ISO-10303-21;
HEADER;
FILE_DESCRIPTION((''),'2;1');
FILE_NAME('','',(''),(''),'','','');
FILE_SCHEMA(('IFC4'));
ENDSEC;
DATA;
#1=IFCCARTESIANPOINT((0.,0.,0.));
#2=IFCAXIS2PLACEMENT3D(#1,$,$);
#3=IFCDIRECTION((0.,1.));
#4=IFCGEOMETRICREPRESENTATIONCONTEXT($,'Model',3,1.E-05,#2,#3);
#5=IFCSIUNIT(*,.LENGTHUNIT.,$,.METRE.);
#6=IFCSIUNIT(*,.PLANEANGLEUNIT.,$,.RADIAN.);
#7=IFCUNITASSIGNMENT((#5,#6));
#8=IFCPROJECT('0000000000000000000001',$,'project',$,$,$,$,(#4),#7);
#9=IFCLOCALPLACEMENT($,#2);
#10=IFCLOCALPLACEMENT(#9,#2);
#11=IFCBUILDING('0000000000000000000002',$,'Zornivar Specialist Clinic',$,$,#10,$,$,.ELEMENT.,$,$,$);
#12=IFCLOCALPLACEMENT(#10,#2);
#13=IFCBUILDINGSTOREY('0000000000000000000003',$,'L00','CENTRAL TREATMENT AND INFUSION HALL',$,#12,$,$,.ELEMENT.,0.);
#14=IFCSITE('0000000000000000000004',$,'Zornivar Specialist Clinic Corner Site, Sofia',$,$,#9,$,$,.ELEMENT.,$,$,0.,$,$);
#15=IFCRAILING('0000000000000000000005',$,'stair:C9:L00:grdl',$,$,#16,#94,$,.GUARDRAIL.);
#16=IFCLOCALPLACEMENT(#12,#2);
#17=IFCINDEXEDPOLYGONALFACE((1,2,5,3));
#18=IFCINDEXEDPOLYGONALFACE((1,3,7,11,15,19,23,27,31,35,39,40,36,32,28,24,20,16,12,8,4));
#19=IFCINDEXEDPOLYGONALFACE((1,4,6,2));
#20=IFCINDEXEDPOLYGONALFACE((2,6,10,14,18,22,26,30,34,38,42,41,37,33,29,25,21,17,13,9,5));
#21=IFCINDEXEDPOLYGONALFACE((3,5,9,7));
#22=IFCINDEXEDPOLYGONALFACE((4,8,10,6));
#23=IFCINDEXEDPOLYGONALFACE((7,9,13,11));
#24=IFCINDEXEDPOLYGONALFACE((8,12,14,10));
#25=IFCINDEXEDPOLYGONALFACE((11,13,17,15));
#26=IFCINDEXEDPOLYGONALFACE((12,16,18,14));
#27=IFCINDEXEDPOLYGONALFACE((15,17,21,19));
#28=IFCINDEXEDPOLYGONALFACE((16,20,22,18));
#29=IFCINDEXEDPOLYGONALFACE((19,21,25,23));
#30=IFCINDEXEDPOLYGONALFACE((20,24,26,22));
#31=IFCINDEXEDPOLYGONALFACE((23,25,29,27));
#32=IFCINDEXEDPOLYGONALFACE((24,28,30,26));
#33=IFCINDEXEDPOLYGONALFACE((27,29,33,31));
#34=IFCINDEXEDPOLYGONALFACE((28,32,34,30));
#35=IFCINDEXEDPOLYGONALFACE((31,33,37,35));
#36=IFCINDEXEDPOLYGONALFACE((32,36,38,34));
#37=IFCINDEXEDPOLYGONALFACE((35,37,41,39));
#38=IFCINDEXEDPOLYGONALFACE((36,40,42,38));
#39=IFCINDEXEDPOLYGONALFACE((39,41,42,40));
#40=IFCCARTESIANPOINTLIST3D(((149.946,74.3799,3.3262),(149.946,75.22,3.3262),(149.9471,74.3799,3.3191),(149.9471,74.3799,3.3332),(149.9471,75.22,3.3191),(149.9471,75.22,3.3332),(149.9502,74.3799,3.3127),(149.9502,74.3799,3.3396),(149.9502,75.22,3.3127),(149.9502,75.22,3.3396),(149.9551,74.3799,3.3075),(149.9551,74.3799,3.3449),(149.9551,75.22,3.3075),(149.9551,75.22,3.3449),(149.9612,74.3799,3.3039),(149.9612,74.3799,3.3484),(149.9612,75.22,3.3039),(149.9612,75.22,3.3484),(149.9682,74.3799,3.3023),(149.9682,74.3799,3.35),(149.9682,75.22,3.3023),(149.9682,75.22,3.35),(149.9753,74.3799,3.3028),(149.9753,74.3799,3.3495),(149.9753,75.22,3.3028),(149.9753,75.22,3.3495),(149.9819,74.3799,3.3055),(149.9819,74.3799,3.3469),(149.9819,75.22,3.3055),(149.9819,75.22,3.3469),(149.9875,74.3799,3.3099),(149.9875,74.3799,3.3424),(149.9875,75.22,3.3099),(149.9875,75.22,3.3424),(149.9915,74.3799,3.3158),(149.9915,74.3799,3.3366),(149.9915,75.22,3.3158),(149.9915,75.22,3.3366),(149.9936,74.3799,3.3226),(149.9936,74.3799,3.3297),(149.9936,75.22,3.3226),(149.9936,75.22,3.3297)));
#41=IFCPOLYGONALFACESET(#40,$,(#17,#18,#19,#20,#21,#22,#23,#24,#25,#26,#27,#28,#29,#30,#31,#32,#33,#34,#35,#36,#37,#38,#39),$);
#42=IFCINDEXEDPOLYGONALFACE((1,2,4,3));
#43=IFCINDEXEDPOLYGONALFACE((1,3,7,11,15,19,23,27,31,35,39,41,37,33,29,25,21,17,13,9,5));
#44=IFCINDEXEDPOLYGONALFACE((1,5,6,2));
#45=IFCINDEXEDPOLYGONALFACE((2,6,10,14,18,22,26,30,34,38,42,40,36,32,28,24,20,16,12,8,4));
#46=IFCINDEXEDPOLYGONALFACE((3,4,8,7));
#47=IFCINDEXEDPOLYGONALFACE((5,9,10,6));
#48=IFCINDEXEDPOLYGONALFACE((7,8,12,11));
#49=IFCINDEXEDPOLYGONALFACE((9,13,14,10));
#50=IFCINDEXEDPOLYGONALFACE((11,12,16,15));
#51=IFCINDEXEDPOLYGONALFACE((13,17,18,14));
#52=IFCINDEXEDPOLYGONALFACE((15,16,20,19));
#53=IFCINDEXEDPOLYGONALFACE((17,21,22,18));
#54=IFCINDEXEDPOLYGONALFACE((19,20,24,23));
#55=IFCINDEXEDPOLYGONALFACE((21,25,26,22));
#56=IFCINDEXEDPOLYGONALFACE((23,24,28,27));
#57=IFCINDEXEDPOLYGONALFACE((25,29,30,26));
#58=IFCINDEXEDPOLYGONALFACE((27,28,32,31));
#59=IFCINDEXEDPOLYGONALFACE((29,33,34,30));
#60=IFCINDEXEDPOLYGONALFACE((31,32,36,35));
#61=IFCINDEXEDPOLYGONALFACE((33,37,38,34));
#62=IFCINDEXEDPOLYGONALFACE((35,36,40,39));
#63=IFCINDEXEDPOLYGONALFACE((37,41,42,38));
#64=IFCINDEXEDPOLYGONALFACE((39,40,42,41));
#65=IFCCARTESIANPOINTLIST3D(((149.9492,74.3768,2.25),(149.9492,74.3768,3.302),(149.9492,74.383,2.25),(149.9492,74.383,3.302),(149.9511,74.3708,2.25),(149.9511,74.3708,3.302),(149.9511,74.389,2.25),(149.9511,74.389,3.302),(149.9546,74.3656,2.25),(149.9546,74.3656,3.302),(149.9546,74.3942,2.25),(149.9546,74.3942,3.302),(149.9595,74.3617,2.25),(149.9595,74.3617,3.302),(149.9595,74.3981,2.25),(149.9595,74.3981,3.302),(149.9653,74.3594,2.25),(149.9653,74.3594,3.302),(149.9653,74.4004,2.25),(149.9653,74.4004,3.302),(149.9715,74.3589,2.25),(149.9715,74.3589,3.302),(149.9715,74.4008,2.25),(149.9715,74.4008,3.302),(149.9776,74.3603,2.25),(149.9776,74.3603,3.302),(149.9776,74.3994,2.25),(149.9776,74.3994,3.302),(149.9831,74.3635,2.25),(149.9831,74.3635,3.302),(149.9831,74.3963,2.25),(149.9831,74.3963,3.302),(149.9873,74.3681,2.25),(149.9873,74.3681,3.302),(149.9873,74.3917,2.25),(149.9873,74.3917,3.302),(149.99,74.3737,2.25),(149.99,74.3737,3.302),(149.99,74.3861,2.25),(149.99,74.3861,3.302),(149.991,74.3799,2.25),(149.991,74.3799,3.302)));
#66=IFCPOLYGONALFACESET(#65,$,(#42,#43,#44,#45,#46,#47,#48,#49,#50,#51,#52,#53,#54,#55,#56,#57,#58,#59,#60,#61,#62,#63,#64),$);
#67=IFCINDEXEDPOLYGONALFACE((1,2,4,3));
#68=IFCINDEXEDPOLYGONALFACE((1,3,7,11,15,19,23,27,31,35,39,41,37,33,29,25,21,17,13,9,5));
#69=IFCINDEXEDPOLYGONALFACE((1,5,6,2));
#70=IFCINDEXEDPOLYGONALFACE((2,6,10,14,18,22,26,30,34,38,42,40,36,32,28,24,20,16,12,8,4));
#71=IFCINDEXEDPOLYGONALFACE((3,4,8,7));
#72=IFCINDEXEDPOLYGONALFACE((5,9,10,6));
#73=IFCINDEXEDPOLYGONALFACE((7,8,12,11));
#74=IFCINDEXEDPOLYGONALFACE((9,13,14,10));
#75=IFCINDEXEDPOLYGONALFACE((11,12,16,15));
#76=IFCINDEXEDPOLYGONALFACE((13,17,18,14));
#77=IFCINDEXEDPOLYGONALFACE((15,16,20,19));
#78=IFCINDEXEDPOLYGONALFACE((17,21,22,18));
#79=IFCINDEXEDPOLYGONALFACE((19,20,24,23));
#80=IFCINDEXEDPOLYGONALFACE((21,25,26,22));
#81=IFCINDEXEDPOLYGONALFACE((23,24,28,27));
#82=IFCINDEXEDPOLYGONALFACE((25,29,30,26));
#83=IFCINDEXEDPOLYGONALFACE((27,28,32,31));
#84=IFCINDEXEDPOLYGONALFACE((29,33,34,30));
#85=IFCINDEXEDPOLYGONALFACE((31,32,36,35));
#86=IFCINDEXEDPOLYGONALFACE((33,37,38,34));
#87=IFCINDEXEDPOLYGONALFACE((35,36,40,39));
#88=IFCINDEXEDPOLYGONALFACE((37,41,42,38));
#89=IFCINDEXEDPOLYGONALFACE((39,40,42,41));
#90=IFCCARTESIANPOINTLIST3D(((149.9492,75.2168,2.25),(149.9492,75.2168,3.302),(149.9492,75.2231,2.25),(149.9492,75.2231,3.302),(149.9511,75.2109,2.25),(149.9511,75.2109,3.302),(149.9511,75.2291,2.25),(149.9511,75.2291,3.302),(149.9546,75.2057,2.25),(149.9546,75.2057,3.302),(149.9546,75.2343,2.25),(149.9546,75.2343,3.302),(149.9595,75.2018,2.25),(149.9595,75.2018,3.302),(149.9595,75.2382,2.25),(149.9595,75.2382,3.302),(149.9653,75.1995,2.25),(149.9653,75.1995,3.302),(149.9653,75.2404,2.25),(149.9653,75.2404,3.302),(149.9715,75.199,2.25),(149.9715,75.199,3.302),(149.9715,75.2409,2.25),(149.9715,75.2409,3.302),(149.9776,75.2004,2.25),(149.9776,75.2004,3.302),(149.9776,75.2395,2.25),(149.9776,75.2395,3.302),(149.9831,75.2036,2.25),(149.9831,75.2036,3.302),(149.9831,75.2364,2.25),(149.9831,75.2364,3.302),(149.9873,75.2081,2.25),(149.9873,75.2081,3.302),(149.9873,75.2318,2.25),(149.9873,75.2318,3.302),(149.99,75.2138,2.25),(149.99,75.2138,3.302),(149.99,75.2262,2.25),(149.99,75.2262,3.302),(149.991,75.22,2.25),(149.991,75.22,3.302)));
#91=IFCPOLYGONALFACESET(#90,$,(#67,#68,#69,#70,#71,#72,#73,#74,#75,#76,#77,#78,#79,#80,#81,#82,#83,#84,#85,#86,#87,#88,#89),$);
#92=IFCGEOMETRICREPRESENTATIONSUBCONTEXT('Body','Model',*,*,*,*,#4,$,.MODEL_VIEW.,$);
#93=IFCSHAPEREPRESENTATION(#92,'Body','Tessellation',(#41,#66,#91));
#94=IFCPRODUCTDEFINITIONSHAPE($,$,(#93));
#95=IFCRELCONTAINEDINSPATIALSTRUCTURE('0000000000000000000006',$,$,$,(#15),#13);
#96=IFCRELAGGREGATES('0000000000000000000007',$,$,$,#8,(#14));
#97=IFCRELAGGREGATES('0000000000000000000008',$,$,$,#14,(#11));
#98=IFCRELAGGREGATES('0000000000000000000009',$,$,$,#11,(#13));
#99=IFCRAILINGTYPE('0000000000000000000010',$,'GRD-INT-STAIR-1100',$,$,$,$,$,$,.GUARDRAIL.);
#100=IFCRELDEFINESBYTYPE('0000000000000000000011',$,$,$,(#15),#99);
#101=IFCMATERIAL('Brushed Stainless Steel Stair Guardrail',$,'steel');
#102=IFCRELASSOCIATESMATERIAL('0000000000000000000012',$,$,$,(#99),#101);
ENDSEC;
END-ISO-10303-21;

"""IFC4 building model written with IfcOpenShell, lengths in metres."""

from ifc_helpers import new_model, si_unit, direction, frame, origin, origin_2d, place, context, subcontext, project, spatial, circle, extrude, material, type_object, element, save


model = new_model("IFC4")

# Units and contexts
model_context = context("Model", 3, precision=1e-05, world=origin(), true_north=direction((0.0, 1.0)))
body_context = subcontext(model_context, "Body", "Model", "MODEL_VIEW")
ifc_project = project(units=[si_unit("LENGTHUNIT", "METRE"), si_unit("PLANEANGLEUNIT", "RADIAN")], contexts=[model_context])

# Site, building, storey
site_placement = place(None, origin())
site = spatial("IfcSite", under=ifc_project, at=site_placement, Name="Zornivar Specialist Clinic Corner Site, Sofia", CompositionType="ELEMENT", RefElevation=0.0)
building_placement = place(site_placement, origin())
building = spatial("IfcBuilding", under=site, at=building_placement, Name="Zornivar Specialist Clinic", CompositionType="ELEMENT")
storey_placement = place(building_placement, origin())
storey = spatial("IfcBuildingStorey", under=building, at=storey_placement, Name="L00", Description="CENTRAL TREATMENT AND INFUSION HALL", CompositionType="ELEMENT", Elevation=0.0)

# Railing
ifc_material_1 = material(Name="Brushed Stainless Steel Stair Guardrail", Category="steel")
railing_type_1 = type_object("IfcRailingType", Name="GRD-INT-STAIR-1100", PredefinedType="GUARDRAIL", material=ifc_material_1)
railing_1_placement = place(storey_placement, frame((149.97, 74.3799, 2.25)))
element("IfcRailing", 1, at=railing_1_placement, inside=storey, type_object=railing_type_1, Name="stair:C9:L00:grdl", PredefinedType="GUARDRAIL", context=body_context, shape_type="SweptSolid", body=[
    extrude(circle(Radius=0.0239, at=origin_2d()), frame((0.0, 0.0, 1.0762), z_axis=(0.0, 1.0, 0.0), x_axis=(-1.0, 0.0, 0.0)), (0.0, 0.0, 1.0), 0.8401),
    extrude(circle(Radius=0.021, at=origin_2d()), origin(), (0.0, 0.0, 1.0), 1.052),
    extrude(circle(Radius=0.021, at=origin_2d()), frame((0.0, 0.8401, 0.0)), (0.0, 0.0, 1.0), 1.052),
])

save(model, "model.ifc")
